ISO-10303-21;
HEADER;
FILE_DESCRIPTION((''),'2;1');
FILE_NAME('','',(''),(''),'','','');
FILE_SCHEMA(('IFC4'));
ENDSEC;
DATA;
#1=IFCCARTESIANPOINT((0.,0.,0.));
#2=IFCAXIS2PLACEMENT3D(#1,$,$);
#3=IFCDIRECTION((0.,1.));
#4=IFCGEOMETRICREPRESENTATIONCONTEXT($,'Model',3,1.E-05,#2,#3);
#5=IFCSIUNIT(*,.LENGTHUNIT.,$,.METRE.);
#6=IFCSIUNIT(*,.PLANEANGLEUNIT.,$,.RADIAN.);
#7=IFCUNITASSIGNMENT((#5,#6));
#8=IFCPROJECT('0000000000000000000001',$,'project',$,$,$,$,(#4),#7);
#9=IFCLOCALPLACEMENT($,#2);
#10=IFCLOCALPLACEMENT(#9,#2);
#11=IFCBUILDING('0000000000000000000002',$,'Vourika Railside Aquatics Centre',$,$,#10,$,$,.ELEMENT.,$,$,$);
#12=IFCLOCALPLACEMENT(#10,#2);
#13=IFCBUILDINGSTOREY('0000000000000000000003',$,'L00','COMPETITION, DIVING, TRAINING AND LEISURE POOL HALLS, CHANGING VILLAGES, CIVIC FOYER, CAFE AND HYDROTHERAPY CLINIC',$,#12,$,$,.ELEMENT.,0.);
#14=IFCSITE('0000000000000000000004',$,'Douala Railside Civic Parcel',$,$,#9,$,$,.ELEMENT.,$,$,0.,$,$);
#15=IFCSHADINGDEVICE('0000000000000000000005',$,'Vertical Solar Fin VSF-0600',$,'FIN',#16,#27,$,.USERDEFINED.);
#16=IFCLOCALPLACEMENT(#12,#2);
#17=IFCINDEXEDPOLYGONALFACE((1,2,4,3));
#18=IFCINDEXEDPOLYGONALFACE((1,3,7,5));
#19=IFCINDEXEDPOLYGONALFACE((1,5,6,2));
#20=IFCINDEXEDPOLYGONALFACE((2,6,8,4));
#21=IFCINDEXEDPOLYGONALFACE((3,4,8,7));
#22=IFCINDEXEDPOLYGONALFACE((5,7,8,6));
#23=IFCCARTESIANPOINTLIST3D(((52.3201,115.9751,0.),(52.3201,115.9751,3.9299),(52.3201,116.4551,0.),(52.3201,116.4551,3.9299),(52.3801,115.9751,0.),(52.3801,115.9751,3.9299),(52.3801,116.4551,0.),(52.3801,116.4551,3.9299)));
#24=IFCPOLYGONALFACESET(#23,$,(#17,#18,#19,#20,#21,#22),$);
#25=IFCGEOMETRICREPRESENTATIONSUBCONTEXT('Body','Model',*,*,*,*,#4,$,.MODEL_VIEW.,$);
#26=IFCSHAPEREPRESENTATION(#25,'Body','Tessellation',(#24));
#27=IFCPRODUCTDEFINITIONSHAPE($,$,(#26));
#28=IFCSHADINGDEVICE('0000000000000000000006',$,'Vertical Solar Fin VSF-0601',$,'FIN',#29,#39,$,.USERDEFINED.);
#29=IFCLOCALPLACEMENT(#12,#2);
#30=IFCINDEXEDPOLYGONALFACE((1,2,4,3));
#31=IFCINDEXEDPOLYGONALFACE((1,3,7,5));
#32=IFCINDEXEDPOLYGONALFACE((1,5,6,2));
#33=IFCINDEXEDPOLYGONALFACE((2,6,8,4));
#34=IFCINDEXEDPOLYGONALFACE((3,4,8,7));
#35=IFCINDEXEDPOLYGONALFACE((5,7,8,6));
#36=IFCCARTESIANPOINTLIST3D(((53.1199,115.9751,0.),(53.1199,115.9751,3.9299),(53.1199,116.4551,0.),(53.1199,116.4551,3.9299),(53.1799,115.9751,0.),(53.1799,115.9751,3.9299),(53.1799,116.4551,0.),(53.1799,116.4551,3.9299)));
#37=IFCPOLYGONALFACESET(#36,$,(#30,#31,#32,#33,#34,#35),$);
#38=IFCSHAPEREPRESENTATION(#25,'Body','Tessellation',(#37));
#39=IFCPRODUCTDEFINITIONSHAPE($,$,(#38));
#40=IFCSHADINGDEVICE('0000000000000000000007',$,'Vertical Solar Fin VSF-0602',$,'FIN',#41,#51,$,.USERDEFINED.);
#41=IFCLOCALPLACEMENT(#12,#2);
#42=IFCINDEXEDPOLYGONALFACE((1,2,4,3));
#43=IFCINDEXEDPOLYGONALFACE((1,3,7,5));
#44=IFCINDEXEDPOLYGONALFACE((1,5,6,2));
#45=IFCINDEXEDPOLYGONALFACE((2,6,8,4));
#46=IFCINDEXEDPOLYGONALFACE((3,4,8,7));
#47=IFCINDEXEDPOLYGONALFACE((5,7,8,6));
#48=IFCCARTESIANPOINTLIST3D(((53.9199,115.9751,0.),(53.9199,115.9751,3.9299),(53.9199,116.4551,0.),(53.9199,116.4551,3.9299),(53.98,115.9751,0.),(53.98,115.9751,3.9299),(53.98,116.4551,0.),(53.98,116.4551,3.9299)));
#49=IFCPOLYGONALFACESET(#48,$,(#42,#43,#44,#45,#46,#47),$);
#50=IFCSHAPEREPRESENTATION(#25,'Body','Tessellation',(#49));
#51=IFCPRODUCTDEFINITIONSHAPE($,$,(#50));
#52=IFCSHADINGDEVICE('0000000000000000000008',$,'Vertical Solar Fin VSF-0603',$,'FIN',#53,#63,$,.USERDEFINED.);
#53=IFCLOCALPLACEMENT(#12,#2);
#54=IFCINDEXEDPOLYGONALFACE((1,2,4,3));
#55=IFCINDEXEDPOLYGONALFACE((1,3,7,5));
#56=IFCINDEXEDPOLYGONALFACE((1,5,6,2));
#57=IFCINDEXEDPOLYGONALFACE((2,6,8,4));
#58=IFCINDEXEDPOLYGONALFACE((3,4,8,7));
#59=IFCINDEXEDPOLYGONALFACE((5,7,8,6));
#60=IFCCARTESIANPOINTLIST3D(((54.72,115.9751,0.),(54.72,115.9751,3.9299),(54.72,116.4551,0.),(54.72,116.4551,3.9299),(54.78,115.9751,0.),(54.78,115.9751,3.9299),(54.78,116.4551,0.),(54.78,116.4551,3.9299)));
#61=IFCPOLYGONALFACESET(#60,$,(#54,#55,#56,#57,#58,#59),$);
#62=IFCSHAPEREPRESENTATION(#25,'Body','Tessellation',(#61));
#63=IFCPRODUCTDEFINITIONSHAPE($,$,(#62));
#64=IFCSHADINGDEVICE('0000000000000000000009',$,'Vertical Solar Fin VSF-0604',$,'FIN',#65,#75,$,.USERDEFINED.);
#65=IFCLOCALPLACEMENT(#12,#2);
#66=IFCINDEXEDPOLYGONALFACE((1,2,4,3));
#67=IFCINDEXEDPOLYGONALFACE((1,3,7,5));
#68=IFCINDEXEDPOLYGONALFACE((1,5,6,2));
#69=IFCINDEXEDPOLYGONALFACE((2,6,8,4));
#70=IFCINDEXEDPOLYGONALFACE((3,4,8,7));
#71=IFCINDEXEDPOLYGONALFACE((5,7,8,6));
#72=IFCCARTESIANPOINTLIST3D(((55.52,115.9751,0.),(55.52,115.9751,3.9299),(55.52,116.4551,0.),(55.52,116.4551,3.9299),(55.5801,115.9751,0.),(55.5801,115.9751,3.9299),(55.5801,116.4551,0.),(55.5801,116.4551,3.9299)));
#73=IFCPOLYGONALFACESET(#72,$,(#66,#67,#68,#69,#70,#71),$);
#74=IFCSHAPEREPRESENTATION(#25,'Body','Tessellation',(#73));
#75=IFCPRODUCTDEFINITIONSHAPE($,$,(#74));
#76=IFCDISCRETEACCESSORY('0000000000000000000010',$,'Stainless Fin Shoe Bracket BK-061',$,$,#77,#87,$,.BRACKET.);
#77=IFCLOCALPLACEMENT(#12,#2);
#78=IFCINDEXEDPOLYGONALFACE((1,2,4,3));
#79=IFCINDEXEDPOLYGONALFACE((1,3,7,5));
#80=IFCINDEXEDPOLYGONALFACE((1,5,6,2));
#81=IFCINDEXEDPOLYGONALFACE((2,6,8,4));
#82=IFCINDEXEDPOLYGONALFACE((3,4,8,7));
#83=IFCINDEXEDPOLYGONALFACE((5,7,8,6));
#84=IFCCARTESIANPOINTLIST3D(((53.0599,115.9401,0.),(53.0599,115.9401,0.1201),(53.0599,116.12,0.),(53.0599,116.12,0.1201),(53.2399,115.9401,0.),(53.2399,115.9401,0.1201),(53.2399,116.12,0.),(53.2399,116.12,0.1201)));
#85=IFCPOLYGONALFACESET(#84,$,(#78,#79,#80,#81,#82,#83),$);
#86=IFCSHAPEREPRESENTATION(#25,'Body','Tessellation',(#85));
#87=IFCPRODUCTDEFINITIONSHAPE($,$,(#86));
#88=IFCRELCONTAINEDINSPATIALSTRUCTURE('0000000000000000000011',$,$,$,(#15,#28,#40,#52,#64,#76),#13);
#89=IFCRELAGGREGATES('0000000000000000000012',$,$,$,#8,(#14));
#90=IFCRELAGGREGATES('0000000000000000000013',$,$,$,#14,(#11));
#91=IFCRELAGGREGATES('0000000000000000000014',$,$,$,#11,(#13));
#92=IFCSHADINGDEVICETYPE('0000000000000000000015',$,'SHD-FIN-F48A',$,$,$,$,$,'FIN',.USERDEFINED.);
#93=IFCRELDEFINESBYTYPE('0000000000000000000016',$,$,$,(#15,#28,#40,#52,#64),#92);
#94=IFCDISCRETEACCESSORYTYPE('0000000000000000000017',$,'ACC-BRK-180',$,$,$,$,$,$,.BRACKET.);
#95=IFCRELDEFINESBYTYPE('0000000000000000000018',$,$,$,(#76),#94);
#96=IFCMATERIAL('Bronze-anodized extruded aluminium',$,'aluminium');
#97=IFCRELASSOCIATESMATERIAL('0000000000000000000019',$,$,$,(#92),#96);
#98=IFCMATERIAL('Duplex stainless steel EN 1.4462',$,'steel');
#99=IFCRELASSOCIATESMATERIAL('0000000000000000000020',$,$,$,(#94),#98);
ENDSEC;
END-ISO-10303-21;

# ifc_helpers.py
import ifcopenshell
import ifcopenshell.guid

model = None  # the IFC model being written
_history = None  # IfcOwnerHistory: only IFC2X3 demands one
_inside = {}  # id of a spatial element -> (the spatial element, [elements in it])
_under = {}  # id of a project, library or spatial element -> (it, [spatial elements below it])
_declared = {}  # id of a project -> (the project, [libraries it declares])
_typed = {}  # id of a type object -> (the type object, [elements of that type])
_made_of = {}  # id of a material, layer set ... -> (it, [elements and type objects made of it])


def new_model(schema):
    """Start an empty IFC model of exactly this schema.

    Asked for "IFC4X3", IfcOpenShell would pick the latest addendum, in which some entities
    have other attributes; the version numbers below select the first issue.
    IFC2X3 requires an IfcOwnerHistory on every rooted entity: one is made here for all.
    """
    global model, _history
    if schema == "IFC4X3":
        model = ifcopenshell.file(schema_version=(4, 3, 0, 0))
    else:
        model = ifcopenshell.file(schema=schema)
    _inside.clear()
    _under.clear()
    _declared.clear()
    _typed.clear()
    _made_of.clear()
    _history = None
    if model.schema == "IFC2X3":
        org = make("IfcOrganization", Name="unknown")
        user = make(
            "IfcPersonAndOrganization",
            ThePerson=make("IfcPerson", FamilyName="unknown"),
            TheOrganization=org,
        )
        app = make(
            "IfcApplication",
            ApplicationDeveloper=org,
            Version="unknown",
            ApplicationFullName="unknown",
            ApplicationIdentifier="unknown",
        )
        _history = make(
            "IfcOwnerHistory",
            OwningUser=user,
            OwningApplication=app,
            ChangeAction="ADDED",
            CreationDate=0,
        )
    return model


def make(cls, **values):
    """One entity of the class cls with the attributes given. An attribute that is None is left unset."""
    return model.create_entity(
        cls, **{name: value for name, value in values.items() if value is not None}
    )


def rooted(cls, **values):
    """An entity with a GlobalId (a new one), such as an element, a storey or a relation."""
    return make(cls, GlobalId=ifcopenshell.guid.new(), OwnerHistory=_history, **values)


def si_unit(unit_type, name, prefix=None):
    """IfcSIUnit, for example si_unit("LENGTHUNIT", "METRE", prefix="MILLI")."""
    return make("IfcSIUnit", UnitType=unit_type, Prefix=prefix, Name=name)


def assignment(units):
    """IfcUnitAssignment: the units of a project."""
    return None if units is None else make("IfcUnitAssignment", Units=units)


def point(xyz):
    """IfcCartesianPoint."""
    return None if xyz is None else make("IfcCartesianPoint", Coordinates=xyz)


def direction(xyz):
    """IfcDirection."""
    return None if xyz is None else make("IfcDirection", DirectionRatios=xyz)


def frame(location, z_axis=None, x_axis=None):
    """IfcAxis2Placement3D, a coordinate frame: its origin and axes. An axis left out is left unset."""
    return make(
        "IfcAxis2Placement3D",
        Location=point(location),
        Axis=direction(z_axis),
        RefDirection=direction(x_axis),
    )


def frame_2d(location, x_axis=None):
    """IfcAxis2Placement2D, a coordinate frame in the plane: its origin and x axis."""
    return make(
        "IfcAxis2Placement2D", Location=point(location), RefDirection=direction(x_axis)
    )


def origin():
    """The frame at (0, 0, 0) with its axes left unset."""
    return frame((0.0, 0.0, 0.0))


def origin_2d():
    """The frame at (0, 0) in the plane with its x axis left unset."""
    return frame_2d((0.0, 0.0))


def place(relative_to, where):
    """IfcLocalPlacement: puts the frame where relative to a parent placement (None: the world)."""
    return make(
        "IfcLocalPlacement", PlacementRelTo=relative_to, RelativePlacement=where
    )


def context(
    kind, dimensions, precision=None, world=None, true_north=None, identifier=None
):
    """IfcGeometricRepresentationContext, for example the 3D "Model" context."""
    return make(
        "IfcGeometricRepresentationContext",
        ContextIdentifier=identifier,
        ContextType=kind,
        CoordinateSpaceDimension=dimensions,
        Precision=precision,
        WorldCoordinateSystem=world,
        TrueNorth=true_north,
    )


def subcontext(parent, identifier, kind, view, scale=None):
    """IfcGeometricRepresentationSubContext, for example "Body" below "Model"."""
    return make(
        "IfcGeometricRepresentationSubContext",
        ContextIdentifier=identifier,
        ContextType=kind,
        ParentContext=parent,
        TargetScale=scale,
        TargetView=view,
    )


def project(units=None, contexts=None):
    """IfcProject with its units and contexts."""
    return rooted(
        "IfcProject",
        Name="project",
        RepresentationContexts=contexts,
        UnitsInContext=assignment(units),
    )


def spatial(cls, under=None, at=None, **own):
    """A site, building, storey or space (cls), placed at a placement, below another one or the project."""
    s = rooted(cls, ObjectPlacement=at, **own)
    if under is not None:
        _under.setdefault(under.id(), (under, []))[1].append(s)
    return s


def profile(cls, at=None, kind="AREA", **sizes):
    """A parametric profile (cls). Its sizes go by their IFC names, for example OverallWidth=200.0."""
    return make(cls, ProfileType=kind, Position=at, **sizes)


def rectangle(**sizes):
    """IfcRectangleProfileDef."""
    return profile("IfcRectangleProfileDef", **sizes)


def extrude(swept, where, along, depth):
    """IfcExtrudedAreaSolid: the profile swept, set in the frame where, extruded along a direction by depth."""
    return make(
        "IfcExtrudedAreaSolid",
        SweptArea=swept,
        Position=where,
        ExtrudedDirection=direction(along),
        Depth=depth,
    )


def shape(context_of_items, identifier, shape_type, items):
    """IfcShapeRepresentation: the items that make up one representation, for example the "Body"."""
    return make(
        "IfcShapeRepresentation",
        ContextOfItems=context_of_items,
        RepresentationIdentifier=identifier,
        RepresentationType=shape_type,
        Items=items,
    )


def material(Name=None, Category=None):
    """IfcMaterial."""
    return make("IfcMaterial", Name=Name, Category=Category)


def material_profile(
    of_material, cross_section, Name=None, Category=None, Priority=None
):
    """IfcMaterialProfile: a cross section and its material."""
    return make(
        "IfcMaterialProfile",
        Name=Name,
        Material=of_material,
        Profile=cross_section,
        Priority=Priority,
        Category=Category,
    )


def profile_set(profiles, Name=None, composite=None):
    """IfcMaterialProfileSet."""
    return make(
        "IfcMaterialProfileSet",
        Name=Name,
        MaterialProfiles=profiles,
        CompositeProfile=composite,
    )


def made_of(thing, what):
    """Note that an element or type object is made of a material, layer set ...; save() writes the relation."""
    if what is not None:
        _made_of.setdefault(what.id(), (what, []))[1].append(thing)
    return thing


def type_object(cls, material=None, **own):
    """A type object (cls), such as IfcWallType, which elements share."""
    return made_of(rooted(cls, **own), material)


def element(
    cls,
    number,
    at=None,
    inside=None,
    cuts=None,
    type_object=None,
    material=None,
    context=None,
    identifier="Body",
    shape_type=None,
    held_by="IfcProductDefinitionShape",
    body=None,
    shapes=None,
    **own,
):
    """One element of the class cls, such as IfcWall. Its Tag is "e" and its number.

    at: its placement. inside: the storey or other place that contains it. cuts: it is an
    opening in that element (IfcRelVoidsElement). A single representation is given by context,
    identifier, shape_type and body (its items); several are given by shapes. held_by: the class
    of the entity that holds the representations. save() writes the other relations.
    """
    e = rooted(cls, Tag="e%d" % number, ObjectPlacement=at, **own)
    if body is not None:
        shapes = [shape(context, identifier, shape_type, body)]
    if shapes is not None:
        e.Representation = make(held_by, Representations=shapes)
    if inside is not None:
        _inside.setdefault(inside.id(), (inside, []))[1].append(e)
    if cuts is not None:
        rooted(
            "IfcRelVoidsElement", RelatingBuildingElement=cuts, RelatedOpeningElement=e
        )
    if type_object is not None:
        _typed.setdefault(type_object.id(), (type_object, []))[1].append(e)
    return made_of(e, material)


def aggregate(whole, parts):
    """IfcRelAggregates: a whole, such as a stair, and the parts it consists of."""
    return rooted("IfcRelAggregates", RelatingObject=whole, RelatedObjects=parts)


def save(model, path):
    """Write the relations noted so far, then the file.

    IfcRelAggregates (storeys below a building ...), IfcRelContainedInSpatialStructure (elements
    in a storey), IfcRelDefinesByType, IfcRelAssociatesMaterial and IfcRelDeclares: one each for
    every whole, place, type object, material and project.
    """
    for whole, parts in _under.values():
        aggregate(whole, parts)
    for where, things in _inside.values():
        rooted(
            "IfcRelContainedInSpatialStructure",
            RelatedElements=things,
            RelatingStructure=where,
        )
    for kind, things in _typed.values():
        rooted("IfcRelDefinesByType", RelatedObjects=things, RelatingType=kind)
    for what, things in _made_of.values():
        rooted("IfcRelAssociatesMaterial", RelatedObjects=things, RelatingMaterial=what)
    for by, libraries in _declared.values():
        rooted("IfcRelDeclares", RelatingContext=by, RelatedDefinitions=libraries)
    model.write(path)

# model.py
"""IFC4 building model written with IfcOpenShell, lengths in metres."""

from ifc_helpers import new_model, si_unit, direction, frame, origin, origin_2d, place, context, subcontext, project, spatial, rectangle, extrude, material, material_profile, profile_set, type_object, element, save


model = new_model("IFC4")

# Units and contexts
model_context = context("Model", 3, precision=1e-05, world=origin(), true_north=direction((0.0, 1.0)))
body_context = subcontext(model_context, "Body", "Model", "MODEL_VIEW")
ifc_project = project(units=[si_unit("LENGTHUNIT", "METRE"), si_unit("PLANEANGLEUNIT", "RADIAN")], contexts=[model_context])

# Site, building, storey
site_placement = place(None, origin())
site = spatial("IfcSite", under=ifc_project, at=site_placement, Name="Douala Railside Civic Parcel", CompositionType="ELEMENT", RefElevation=0.0)
building_placement = place(site_placement, origin())
building = spatial("IfcBuilding", under=site, at=building_placement, Name="Vourika Railside Aquatics Centre", CompositionType="ELEMENT")
storey_placement = place(building_placement, origin())
storey = spatial("IfcBuildingStorey", under=building, at=storey_placement, Name="L00", Description="COMPETITION, DIVING, TRAINING AND LEISURE POOL HALLS, CHANGING VILLAGES, CIVIC FOYER, CAFE AND HYDROTHERAPY CLINIC", CompositionType="ELEMENT", Elevation=0.0)

# Shading devices
ifc_material_1 = material(Name="Bronze-anodized extruded aluminium", Category="aluminium")
ifc_material_profile_1 = material_profile(ifc_material_1, rectangle(XDim=0.0601, YDim=0.48, at=origin_2d()), Name="ALU-FIN 60x480")
ifc_profile_set_1 = profile_set([ifc_material_profile_1], Name="Bronze-anodized extruded aluminium")
shading_device_type = type_object("IfcShadingDeviceType", Name="SHD-FIN-F48A", ElementType="FIN", PredefinedType="USERDEFINED", material=ifc_profile_set_1)
for number, where, z_axis, x_axis, name in (
    (1, (52.3501, 116.2151, 0.0), (0.0, 0.0, 1.0), (1.0, 0.0, 0.0), "Vertical Solar Fin VSF-0600"),
    (2, (53.1499, 116.2151, 0.0), (0.0, 0.0, 1.0), (1.0, 0.0, 0.0), "Vertical Solar Fin VSF-0601"),
    (3, (53.95, 116.2151, 0.0), (0.0, 0.0, 1.0), (1.0, 0.0, 0.0), "Vertical Solar Fin VSF-0602"),
    (4, (54.75, 116.2151, 0.0), (0.0, 0.0, 1.0), (1.0, 0.0, 0.0), "Vertical Solar Fin VSF-0603"),
    (5, (55.55, 116.2151, 0.0), (0.0, 0.0, 1.0), (1.0, 0.0, 0.0), "Vertical Solar Fin VSF-0604"),
):
    element("IfcShadingDevice", number, at=place(storey_placement, frame(where, z_axis=z_axis, x_axis=x_axis)), inside=storey, type_object=shading_device_type, Name=name, ObjectType="FIN", PredefinedType="USERDEFINED", context=body_context, shape_type="SweptSolid", body=[
        extrude(rectangle(XDim=0.0601, YDim=0.48, at=origin_2d()), origin(), (0.0, 0.0, 1.0), 3.9299),
    ])

# Discrete accessory
ifc_material_2 = material(Name="Duplex stainless steel EN 1.4462", Category="steel")
discrete_accessory_type = type_object("IfcDiscreteAccessoryType", Name="ACC-BRK-180", PredefinedType="BRACKET", material=ifc_material_2)
discrete_accessory_placement = place(storey_placement, frame((53.1499, 116.03, 0.0), z_axis=(0.0, 0.0, 1.0), x_axis=(0.0, 1.0, 0.0)))
element("IfcDiscreteAccessory", 6, at=discrete_accessory_placement, inside=storey, type_object=discrete_accessory_type, Name="Stainless Fin Shoe Bracket BK-061", PredefinedType="BRACKET", context=body_context, shape_type="SweptSolid", body=[
    extrude(rectangle(XDim=0.1799, YDim=0.1799, at=origin_2d()), origin(), (0.0, 0.0, 1.0), 0.1201),
])

save(model, "model.ifc")
